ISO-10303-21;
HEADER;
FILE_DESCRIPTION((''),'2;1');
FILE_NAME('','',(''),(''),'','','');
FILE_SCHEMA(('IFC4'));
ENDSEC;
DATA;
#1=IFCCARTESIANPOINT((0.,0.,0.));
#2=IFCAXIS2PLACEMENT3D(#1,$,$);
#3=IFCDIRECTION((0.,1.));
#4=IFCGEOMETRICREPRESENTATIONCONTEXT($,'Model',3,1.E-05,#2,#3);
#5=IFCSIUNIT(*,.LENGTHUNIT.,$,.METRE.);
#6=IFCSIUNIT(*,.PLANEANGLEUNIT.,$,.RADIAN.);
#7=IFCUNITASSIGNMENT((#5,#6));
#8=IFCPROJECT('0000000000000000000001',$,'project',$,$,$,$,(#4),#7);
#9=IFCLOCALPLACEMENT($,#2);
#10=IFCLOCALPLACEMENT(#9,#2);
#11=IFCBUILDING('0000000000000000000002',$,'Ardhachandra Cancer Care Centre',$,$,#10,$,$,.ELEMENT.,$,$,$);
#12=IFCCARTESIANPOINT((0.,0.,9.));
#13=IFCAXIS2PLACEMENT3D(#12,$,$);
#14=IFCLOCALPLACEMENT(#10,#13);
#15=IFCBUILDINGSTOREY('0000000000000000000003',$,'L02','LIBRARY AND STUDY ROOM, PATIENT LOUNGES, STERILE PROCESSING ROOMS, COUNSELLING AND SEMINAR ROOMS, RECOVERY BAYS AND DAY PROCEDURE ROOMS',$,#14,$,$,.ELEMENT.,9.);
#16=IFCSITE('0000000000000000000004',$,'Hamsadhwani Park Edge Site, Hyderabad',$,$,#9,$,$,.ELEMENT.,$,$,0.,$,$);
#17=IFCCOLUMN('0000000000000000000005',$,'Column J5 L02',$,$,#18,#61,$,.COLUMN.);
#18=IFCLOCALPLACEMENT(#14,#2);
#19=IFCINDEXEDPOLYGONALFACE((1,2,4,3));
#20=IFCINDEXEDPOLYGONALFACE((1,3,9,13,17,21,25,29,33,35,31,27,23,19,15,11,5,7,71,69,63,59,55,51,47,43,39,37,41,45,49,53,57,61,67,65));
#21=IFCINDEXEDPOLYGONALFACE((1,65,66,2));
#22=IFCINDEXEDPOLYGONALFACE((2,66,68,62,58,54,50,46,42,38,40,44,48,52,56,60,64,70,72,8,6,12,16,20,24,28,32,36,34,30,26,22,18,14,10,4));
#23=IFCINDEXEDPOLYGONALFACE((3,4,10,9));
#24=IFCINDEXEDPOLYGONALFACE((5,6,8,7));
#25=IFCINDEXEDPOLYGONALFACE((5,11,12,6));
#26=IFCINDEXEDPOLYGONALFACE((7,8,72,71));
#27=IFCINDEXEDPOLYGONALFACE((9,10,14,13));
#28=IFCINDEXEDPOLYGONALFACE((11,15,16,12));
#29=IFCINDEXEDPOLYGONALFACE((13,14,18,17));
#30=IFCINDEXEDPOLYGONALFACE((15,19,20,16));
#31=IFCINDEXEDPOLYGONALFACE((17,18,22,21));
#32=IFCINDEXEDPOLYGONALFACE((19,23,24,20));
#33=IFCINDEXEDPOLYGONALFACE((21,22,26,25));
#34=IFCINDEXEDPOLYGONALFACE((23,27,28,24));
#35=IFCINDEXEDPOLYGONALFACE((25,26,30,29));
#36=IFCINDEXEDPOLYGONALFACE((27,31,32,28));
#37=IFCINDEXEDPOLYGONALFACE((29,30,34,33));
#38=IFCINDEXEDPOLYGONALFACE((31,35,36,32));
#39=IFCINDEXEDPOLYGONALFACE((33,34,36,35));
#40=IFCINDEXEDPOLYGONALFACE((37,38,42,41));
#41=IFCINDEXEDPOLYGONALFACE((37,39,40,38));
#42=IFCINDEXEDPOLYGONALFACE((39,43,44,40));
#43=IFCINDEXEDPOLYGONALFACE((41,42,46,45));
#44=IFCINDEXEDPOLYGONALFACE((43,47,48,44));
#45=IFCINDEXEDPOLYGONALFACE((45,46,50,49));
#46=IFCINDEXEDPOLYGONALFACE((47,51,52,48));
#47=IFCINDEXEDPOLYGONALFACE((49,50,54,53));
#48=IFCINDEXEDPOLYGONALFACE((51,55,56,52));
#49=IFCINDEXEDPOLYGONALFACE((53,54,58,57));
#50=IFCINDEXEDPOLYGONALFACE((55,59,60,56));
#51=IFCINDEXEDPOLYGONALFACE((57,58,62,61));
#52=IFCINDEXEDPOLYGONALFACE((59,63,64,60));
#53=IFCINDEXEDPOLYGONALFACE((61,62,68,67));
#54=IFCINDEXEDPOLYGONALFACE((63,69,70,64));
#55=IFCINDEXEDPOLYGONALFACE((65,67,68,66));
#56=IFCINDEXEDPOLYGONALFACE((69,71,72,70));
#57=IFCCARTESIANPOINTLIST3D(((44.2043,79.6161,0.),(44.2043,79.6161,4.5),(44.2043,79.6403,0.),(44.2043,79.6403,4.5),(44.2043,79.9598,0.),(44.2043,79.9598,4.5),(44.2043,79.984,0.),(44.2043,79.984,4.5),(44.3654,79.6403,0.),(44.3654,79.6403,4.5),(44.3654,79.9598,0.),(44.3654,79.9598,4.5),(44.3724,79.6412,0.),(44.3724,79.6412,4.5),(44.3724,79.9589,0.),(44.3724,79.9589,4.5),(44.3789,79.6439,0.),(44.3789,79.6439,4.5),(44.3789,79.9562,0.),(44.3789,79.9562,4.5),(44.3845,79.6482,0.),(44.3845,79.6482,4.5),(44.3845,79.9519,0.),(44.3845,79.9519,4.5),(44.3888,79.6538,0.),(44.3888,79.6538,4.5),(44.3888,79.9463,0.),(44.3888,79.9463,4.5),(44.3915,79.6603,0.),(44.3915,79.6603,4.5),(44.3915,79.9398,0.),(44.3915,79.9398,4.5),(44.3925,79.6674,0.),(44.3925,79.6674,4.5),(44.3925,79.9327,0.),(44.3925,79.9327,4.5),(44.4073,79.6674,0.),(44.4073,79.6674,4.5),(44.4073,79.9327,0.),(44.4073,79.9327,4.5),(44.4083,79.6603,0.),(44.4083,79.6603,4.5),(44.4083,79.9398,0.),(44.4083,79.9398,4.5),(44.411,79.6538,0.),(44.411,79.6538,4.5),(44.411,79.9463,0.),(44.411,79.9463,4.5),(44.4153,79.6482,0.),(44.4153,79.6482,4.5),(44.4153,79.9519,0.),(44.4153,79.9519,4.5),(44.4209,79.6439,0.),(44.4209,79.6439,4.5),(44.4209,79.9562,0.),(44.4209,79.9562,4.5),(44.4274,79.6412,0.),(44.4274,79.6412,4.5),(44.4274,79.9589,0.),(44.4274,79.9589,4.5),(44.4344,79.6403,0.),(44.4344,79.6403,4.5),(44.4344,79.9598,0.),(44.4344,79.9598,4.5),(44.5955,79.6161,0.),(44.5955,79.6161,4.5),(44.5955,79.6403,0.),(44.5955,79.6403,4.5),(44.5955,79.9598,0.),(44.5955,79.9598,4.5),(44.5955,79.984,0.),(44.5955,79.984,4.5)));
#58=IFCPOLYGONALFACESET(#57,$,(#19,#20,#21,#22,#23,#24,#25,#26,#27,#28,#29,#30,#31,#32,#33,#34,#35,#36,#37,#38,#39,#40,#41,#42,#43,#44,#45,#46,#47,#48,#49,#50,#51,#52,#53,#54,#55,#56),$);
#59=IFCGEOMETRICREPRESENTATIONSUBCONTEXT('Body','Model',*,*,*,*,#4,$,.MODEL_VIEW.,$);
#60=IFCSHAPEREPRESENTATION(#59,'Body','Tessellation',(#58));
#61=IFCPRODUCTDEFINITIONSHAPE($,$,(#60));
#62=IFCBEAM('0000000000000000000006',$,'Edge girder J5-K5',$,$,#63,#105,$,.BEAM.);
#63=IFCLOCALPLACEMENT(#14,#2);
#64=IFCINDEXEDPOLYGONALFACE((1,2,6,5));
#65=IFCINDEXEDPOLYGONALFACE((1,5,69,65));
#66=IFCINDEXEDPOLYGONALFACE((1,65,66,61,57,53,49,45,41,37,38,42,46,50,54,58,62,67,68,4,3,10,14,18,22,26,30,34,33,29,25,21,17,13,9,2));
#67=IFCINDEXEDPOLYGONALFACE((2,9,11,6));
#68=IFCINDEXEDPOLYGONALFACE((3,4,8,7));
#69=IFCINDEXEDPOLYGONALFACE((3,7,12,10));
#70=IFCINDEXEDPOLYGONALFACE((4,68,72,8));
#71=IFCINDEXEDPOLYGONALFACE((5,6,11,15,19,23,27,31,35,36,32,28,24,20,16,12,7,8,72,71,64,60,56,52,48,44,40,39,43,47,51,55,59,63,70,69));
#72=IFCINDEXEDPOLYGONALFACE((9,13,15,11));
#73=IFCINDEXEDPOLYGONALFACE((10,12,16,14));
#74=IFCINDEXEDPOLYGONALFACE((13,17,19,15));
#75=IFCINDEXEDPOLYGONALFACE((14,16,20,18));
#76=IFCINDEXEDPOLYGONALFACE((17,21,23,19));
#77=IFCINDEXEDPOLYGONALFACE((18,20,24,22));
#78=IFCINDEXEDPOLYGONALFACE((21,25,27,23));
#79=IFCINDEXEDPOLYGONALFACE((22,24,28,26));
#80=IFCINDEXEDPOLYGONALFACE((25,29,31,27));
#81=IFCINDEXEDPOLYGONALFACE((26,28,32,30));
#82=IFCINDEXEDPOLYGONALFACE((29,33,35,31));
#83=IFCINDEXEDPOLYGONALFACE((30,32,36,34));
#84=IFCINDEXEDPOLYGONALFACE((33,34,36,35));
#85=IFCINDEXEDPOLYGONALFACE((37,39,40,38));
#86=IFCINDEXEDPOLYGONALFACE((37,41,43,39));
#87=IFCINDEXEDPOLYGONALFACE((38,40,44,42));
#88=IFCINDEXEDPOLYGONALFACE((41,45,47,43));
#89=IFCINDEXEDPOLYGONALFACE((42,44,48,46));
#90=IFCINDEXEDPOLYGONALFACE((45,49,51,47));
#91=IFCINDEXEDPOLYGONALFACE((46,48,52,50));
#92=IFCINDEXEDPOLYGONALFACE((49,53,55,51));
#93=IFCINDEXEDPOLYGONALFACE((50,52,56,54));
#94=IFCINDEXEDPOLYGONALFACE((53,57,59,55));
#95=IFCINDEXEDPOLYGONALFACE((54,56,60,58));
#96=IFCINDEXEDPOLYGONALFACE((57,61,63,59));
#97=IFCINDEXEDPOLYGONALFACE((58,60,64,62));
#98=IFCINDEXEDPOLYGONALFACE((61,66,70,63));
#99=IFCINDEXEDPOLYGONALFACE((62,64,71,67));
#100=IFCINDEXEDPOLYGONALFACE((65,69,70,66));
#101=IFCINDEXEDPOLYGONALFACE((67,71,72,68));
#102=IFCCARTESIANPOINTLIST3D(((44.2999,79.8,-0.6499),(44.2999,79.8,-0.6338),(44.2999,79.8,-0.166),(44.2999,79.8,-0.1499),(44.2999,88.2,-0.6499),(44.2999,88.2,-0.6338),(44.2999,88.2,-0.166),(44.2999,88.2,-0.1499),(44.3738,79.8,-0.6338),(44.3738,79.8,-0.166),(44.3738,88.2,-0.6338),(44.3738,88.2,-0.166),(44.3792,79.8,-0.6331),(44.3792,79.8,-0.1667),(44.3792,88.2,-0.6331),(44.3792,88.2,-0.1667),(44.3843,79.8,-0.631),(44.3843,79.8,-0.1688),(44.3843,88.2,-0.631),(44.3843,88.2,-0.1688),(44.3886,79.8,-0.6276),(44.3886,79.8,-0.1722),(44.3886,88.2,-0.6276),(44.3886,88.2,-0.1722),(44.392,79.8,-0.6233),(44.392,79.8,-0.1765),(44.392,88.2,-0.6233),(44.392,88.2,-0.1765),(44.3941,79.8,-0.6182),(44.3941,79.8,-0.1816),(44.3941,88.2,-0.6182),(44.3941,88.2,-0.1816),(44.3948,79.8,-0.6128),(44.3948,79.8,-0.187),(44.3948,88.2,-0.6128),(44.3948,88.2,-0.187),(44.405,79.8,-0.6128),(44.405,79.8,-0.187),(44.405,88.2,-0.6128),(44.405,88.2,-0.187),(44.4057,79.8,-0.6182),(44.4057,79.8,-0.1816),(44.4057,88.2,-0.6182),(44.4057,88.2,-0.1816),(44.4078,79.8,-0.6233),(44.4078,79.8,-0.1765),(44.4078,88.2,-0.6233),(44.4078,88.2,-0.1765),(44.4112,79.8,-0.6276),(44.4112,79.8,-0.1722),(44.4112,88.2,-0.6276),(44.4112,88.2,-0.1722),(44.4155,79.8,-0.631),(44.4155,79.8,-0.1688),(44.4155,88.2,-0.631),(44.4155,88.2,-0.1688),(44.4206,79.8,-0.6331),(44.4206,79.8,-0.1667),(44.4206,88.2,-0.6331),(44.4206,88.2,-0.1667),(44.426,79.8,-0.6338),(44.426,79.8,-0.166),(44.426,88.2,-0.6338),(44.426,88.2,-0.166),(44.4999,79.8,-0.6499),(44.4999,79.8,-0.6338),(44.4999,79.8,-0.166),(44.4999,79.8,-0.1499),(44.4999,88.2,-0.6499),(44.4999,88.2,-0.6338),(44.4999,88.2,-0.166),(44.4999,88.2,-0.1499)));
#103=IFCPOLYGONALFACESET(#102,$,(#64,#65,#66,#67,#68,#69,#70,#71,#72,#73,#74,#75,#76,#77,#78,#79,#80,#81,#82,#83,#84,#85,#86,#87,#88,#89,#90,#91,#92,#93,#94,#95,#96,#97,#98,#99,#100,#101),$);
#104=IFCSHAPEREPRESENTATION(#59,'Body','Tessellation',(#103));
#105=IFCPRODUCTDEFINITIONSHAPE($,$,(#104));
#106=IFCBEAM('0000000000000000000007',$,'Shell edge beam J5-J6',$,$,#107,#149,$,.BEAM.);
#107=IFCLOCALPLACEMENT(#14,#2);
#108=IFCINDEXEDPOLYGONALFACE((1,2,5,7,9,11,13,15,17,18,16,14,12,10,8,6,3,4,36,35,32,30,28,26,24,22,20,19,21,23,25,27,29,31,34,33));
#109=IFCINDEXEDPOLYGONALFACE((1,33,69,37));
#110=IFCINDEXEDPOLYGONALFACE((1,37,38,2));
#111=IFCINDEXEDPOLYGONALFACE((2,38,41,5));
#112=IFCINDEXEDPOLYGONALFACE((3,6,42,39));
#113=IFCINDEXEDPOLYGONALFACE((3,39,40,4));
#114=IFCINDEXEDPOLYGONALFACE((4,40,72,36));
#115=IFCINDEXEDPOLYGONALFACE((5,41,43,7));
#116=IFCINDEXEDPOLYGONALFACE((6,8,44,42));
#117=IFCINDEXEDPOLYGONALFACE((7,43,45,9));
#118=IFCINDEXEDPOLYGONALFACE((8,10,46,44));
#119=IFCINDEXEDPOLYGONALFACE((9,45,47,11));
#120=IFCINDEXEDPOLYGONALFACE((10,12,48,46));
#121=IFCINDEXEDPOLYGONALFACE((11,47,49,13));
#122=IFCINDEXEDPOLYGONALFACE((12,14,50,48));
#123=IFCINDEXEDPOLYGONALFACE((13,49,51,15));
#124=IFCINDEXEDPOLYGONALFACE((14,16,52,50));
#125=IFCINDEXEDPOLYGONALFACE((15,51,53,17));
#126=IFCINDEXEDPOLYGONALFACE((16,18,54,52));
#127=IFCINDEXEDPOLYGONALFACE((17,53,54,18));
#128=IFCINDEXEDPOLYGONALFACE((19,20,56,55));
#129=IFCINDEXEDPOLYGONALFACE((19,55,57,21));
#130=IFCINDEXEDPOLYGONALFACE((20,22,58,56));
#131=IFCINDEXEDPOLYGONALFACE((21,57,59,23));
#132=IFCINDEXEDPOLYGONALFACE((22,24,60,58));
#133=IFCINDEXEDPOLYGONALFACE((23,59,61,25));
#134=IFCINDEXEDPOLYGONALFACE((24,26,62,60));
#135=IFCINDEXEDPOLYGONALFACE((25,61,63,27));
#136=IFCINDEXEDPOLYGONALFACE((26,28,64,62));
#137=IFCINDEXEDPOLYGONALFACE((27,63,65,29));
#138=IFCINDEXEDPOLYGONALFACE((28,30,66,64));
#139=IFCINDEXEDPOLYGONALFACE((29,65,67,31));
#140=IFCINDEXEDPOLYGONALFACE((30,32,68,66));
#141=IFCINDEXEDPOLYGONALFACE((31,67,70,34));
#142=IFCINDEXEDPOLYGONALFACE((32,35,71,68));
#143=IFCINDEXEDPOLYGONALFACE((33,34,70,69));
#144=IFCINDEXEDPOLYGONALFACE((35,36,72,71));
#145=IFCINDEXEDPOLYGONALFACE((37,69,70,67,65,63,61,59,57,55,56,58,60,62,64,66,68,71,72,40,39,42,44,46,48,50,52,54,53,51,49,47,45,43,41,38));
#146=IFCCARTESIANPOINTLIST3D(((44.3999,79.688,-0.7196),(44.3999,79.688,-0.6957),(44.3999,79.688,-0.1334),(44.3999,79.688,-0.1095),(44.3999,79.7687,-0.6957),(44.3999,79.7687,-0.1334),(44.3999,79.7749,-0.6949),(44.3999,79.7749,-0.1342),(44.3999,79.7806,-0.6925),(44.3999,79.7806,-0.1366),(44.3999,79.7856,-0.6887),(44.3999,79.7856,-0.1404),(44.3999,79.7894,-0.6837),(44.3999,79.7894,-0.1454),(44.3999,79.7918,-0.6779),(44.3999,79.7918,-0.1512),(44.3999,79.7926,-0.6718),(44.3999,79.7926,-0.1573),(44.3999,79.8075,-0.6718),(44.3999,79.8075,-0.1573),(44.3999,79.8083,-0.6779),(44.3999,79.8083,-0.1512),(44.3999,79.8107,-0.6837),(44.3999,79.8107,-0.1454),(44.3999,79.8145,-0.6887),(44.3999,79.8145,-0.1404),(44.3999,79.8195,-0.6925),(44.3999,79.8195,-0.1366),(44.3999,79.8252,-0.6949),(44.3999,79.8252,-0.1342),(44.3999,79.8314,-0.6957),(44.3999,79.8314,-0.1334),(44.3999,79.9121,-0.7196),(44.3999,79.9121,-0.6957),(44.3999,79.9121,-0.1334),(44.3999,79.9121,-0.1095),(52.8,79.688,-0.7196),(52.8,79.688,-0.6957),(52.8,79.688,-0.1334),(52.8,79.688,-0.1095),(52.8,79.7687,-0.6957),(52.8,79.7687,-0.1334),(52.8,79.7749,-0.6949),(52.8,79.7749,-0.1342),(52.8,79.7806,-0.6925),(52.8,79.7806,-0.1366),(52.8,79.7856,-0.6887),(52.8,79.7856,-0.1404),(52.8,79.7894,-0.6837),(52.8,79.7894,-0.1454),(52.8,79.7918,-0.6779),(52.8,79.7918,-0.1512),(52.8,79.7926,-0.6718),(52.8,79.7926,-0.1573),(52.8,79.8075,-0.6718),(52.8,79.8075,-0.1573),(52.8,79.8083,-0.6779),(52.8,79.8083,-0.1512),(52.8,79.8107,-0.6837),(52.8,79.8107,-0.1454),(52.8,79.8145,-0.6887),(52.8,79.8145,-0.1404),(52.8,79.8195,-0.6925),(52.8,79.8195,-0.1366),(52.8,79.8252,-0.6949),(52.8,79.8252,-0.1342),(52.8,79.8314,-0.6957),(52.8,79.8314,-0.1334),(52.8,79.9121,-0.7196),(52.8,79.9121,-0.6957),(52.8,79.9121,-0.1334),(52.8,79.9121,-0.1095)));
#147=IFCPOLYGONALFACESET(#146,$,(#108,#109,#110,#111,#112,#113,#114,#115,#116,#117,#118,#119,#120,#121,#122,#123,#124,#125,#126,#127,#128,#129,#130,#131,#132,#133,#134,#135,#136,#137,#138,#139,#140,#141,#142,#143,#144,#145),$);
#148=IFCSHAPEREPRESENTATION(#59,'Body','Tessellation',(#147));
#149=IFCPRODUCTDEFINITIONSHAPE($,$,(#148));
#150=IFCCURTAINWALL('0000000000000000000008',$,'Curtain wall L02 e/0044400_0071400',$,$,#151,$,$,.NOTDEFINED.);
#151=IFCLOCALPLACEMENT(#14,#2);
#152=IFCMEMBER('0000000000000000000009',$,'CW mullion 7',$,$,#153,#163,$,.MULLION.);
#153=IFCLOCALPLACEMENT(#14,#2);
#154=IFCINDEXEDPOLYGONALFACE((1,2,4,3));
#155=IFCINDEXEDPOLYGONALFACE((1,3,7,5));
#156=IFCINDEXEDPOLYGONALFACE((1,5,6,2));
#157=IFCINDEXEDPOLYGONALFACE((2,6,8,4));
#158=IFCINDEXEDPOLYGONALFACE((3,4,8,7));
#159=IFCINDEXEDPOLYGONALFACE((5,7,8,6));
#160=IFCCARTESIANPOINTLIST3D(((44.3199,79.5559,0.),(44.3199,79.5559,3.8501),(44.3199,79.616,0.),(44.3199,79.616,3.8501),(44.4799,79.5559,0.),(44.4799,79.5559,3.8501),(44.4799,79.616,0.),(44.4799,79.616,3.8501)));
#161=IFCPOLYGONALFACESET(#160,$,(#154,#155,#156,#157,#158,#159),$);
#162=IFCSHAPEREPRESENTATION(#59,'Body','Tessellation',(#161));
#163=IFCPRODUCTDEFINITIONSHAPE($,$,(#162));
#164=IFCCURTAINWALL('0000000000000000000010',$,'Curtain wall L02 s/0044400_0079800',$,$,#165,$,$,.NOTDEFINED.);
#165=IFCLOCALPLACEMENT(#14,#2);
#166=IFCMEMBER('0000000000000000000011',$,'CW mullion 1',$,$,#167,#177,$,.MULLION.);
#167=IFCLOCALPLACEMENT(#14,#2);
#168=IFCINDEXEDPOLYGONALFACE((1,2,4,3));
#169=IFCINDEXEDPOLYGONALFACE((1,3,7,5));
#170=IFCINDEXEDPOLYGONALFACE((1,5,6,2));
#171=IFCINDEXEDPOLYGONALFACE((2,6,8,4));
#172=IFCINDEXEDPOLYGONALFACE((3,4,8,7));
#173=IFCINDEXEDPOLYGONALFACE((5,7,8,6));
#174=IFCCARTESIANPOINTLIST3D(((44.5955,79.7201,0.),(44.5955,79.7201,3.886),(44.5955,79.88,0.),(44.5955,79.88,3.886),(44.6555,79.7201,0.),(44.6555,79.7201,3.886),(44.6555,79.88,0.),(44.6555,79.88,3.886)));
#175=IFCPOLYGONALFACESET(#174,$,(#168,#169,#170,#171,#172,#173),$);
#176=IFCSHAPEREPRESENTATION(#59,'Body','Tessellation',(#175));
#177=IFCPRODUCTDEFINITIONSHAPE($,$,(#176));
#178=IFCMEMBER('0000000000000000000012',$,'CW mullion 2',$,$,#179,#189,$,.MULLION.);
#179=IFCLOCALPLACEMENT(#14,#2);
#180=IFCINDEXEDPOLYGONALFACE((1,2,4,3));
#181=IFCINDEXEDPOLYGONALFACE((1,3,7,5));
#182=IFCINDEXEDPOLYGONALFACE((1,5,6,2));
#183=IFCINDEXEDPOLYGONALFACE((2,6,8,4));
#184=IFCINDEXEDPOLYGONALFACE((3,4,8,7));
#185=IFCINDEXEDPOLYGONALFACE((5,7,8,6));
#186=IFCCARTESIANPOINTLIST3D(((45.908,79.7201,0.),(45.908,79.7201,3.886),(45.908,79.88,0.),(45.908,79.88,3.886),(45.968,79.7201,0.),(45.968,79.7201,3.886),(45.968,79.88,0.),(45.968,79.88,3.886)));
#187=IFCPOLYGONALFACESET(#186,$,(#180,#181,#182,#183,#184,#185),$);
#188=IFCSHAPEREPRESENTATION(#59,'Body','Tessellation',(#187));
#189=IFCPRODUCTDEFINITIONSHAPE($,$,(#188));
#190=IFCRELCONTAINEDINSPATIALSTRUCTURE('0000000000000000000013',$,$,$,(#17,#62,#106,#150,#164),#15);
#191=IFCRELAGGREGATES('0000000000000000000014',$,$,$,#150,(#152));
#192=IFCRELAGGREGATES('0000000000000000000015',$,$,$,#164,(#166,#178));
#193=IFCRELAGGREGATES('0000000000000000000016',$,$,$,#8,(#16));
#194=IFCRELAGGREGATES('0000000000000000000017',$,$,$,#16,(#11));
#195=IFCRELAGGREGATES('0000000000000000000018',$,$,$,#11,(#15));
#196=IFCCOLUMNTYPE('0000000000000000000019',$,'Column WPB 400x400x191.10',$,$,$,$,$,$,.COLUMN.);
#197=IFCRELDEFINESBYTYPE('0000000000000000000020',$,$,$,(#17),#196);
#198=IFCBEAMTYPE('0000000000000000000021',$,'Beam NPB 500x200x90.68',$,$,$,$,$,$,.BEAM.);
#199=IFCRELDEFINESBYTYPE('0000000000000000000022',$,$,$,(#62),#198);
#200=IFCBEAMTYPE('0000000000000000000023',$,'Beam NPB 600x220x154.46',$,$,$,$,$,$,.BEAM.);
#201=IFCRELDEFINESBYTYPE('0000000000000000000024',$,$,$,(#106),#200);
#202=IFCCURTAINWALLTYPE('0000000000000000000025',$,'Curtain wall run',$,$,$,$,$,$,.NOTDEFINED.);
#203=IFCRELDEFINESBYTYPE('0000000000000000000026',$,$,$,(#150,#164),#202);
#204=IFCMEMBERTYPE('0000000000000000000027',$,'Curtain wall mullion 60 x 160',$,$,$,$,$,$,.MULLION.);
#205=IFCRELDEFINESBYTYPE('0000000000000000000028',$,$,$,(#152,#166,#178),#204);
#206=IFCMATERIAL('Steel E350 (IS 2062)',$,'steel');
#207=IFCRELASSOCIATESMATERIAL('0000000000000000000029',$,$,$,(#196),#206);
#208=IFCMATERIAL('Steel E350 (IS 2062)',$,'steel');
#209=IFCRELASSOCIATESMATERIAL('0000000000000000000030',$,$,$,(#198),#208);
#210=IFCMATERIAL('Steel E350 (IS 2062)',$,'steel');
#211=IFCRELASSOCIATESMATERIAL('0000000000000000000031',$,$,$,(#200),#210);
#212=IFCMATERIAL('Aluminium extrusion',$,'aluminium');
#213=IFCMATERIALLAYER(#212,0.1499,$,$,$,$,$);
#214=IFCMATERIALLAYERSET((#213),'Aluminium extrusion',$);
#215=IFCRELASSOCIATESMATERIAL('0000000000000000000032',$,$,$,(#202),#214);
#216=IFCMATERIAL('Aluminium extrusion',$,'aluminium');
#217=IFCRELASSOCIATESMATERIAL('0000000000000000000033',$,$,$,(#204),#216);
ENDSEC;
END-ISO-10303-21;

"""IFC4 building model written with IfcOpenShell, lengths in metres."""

from ifc_helpers import new_model, si_unit, direction, frame, origin, origin_2d, place, context, subcontext, project, spatial, rectangle, i_section, extrude, material, layer, layer_set, material_profile, profile_set, type_object, element, aggregate, save


model = new_model("IFC4")

# Units and contexts
model_context = context("Model", 3, precision=1e-05, world=origin(), true_north=direction((0.0, 1.0)))
body_context = subcontext(model_context, "Body", "Model", "MODEL_VIEW")
ifc_project = project(units=[si_unit("LENGTHUNIT", "METRE"), si_unit("PLANEANGLEUNIT", "RADIAN")], contexts=[model_context])

# Site, building, storey
site_placement = place(None, origin())
site = spatial("IfcSite", under=ifc_project, at=site_placement, Name="Hamsadhwani Park Edge Site, Hyderabad", CompositionType="ELEMENT", RefElevation=0.0)
building_placement = place(site_placement, origin())
building = spatial("IfcBuilding", under=site, at=building_placement, Name="Ardhachandra Cancer Care Centre", CompositionType="ELEMENT")
storey_placement = place(building_placement, frame((0.0, 0.0, 9.0)))
storey = spatial("IfcBuildingStorey", under=building, at=storey_placement, Name="L02", Description="LIBRARY AND STUDY ROOM, PATIENT LOUNGES, STERILE PROCESSING ROOMS, COUNSELLING AND SEMINAR ROOMS, RECOVERY BAYS AND DAY PROCEDURE ROOMS", CompositionType="ELEMENT", Elevation=9.0)

# Column
ifc_material_1 = material(Name="Steel E350 (IS 2062)", Category="steel")
ifc_material_profile_1 = material_profile(ifc_material_1, i_section(OverallWidth=0.3911, OverallDepth=0.3679, WebThickness=0.0149, FlangeThickness=0.0242, FilletRadius=0.0271, at=origin_2d()), Name="WPB 400x400x191.10")
ifc_profile_set_1 = profile_set([ifc_material_profile_1], Name="Steel E350 (IS 2062)")
column_type = type_object("IfcColumnType", Name="Column WPB 400x400x191.10", PredefinedType="COLUMN", material=ifc_profile_set_1)
column_placement = place(storey_placement, frame((44.3999, 79.8, 0.0), z_axis=(0.0, 0.0, 1.0), x_axis=(1.0, 0.0, 0.0)))
element("IfcColumn", 1, at=column_placement, inside=storey, type_object=column_type, Name="Column J5 L02", PredefinedType="COLUMN", context=body_context, shape_type="SweptSolid", body=[
    extrude(i_section(OverallWidth=0.3911, OverallDepth=0.3679, WebThickness=0.0149, FlangeThickness=0.0242, FilletRadius=0.0271, at=origin_2d()), origin(), (0.0, 0.0, 1.0), 4.5),
])

# Beams
ifc_material_2 = material(Name="Steel E350 (IS 2062)", Category="steel")
ifc_material_profile_2 = material_profile(ifc_material_2, i_section(OverallWidth=0.2, OverallDepth=0.5, WebThickness=0.0103, FlangeThickness=0.0161, FilletRadius=0.021, at=origin_2d()), Name="NPB 500x200x90.68")
ifc_profile_set_2 = profile_set([ifc_material_profile_2], Name="Steel E350 (IS 2062)")
beam_type_1 = type_object("IfcBeamType", Name="Beam NPB 500x200x90.68", PredefinedType="BEAM", material=ifc_profile_set_2)
beam_1_placement = place(storey_placement, frame((44.3999, 79.8, -0.3999), z_axis=(0.0, 1.0, 0.0), x_axis=(-1.0, 0.0, 0.0)))
element("IfcBeam", 2, at=beam_1_placement, inside=storey, type_object=beam_type_1, Name="Edge girder J5-K5", PredefinedType="BEAM", context=body_context, shape_type="SweptSolid", body=[
    extrude(i_section(OverallWidth=0.2, OverallDepth=0.5, WebThickness=0.0103, FlangeThickness=0.0161, FilletRadius=0.021, at=origin_2d()), origin(), (0.0, 0.0, 1.0), 8.3999),
])
ifc_material_3 = material(Name="Steel E350 (IS 2062)", Category="steel")
ifc_material_profile_3 = material_profile(ifc_material_3, i_section(OverallWidth=0.2241, OverallDepth=0.6101, WebThickness=0.0149, FlangeThickness=0.0239, FilletRadius=0.0239, at=origin_2d()), Name="NPB 600x220x154.46")
ifc_profile_set_3 = profile_set([ifc_material_profile_3], Name="Steel E350 (IS 2062)")
beam_type_2 = type_object("IfcBeamType", Name="Beam NPB 600x220x154.46", PredefinedType="BEAM", material=ifc_profile_set_3)
beam_2_placement = place(storey_placement, frame((44.3999, 79.8, -0.4146), z_axis=(1.0, 0.0, 0.0), x_axis=(0.0, 1.0, 0.0)))
element("IfcBeam", 3, at=beam_2_placement, inside=storey, type_object=beam_type_2, Name="Shell edge beam J5-J6", PredefinedType="BEAM", context=body_context, shape_type="SweptSolid", body=[
    extrude(i_section(OverallWidth=0.2241, OverallDepth=0.6101, WebThickness=0.0149, FlangeThickness=0.0239, FilletRadius=0.0239, at=origin_2d()), origin(), (0.0, 0.0, 1.0), 8.4001),
])

# Curtain wall, member
ifc_material_4 = material(Name="Aluminium extrusion", Category="aluminium")
ifc_layer_1 = layer(ifc_material_4, 0.1499)
ifc_layer_set_1 = layer_set([ifc_layer_1], Name="Aluminium extrusion")
curtain_wall_type = type_object("IfcCurtainWallType", Name="Curtain wall run", PredefinedType="NOTDEFINED", material=ifc_layer_set_1)
curtain_wall_1_placement = place(storey_placement, origin())
curtain_wall_1 = element("IfcCurtainWall", 4, at=curtain_wall_1_placement, inside=storey, type_object=curtain_wall_type, Name="Curtain wall L02 e/0044400_0071400", PredefinedType="NOTDEFINED")
ifc_material_5 = material(Name="Aluminium extrusion", Category="aluminium")
ifc_material_profile_4 = material_profile(ifc_material_5, rectangle(XDim=0.1599, YDim=0.0601, at=origin_2d()), Name="Curtain wall mullion 60 x 160")
ifc_profile_set_4 = profile_set([ifc_material_profile_4], Name="Aluminium extrusion")
member_type_1 = type_object("IfcMemberType", Name="Curtain wall mullion 60 x 160", PredefinedType="MULLION", material=ifc_profile_set_4)
member_1_placement = place(storey_placement, frame((44.3999, 79.5859, 0.0), z_axis=(0.0, 0.0, 1.0), x_axis=(-1.0, 0.0, 0.0)))
member_1 = element("IfcMember", 5, at=member_1_placement, type_object=member_type_1, Name="CW mullion 7", PredefinedType="MULLION", context=body_context, shape_type="SweptSolid", body=[
    extrude(rectangle(XDim=0.1599, YDim=0.0601, at=origin_2d()), origin(), (0.0, 0.0, 1.0), 3.8501),
])

# Curtain wall, members
curtain_wall_2_placement = place(storey_placement, origin())
curtain_wall_2 = element("IfcCurtainWall", 6, at=curtain_wall_2_placement, inside=storey, type_object=curtain_wall_type, Name="Curtain wall L02 s/0044400_0079800", PredefinedType="NOTDEFINED")
member_2_placement = place(storey_placement, frame((44.6255, 79.8, 0.0), z_axis=(0.0, 0.0, 1.0), x_axis=(0.0, 1.0, 0.0)))
member_2 = element("IfcMember", 7, at=member_2_placement, type_object=member_type_1, Name="CW mullion 1", PredefinedType="MULLION", context=body_context, shape_type="SweptSolid", body=[
    extrude(rectangle(XDim=0.1599, YDim=0.0601, at=origin_2d()), origin(), (0.0, 0.0, 1.0), 3.886),
])
member_3_placement = place(storey_placement, frame((45.938, 79.8, 0.0), z_axis=(0.0, 0.0, 1.0), x_axis=(0.0, 1.0, 0.0)))
member_3 = element("IfcMember", 8, at=member_3_placement, type_object=member_type_1, Name="CW mullion 2", PredefinedType="MULLION", context=body_context, shape_type="SweptSolid", body=[
    extrude(rectangle(XDim=0.1599, YDim=0.0601, at=origin_2d()), origin(), (0.0, 0.0, 1.0), 3.886),
])

aggregate(curtain_wall_1, [member_1])
aggregate(curtain_wall_2, [member_2, member_3])

save(model, "model.ifc")
